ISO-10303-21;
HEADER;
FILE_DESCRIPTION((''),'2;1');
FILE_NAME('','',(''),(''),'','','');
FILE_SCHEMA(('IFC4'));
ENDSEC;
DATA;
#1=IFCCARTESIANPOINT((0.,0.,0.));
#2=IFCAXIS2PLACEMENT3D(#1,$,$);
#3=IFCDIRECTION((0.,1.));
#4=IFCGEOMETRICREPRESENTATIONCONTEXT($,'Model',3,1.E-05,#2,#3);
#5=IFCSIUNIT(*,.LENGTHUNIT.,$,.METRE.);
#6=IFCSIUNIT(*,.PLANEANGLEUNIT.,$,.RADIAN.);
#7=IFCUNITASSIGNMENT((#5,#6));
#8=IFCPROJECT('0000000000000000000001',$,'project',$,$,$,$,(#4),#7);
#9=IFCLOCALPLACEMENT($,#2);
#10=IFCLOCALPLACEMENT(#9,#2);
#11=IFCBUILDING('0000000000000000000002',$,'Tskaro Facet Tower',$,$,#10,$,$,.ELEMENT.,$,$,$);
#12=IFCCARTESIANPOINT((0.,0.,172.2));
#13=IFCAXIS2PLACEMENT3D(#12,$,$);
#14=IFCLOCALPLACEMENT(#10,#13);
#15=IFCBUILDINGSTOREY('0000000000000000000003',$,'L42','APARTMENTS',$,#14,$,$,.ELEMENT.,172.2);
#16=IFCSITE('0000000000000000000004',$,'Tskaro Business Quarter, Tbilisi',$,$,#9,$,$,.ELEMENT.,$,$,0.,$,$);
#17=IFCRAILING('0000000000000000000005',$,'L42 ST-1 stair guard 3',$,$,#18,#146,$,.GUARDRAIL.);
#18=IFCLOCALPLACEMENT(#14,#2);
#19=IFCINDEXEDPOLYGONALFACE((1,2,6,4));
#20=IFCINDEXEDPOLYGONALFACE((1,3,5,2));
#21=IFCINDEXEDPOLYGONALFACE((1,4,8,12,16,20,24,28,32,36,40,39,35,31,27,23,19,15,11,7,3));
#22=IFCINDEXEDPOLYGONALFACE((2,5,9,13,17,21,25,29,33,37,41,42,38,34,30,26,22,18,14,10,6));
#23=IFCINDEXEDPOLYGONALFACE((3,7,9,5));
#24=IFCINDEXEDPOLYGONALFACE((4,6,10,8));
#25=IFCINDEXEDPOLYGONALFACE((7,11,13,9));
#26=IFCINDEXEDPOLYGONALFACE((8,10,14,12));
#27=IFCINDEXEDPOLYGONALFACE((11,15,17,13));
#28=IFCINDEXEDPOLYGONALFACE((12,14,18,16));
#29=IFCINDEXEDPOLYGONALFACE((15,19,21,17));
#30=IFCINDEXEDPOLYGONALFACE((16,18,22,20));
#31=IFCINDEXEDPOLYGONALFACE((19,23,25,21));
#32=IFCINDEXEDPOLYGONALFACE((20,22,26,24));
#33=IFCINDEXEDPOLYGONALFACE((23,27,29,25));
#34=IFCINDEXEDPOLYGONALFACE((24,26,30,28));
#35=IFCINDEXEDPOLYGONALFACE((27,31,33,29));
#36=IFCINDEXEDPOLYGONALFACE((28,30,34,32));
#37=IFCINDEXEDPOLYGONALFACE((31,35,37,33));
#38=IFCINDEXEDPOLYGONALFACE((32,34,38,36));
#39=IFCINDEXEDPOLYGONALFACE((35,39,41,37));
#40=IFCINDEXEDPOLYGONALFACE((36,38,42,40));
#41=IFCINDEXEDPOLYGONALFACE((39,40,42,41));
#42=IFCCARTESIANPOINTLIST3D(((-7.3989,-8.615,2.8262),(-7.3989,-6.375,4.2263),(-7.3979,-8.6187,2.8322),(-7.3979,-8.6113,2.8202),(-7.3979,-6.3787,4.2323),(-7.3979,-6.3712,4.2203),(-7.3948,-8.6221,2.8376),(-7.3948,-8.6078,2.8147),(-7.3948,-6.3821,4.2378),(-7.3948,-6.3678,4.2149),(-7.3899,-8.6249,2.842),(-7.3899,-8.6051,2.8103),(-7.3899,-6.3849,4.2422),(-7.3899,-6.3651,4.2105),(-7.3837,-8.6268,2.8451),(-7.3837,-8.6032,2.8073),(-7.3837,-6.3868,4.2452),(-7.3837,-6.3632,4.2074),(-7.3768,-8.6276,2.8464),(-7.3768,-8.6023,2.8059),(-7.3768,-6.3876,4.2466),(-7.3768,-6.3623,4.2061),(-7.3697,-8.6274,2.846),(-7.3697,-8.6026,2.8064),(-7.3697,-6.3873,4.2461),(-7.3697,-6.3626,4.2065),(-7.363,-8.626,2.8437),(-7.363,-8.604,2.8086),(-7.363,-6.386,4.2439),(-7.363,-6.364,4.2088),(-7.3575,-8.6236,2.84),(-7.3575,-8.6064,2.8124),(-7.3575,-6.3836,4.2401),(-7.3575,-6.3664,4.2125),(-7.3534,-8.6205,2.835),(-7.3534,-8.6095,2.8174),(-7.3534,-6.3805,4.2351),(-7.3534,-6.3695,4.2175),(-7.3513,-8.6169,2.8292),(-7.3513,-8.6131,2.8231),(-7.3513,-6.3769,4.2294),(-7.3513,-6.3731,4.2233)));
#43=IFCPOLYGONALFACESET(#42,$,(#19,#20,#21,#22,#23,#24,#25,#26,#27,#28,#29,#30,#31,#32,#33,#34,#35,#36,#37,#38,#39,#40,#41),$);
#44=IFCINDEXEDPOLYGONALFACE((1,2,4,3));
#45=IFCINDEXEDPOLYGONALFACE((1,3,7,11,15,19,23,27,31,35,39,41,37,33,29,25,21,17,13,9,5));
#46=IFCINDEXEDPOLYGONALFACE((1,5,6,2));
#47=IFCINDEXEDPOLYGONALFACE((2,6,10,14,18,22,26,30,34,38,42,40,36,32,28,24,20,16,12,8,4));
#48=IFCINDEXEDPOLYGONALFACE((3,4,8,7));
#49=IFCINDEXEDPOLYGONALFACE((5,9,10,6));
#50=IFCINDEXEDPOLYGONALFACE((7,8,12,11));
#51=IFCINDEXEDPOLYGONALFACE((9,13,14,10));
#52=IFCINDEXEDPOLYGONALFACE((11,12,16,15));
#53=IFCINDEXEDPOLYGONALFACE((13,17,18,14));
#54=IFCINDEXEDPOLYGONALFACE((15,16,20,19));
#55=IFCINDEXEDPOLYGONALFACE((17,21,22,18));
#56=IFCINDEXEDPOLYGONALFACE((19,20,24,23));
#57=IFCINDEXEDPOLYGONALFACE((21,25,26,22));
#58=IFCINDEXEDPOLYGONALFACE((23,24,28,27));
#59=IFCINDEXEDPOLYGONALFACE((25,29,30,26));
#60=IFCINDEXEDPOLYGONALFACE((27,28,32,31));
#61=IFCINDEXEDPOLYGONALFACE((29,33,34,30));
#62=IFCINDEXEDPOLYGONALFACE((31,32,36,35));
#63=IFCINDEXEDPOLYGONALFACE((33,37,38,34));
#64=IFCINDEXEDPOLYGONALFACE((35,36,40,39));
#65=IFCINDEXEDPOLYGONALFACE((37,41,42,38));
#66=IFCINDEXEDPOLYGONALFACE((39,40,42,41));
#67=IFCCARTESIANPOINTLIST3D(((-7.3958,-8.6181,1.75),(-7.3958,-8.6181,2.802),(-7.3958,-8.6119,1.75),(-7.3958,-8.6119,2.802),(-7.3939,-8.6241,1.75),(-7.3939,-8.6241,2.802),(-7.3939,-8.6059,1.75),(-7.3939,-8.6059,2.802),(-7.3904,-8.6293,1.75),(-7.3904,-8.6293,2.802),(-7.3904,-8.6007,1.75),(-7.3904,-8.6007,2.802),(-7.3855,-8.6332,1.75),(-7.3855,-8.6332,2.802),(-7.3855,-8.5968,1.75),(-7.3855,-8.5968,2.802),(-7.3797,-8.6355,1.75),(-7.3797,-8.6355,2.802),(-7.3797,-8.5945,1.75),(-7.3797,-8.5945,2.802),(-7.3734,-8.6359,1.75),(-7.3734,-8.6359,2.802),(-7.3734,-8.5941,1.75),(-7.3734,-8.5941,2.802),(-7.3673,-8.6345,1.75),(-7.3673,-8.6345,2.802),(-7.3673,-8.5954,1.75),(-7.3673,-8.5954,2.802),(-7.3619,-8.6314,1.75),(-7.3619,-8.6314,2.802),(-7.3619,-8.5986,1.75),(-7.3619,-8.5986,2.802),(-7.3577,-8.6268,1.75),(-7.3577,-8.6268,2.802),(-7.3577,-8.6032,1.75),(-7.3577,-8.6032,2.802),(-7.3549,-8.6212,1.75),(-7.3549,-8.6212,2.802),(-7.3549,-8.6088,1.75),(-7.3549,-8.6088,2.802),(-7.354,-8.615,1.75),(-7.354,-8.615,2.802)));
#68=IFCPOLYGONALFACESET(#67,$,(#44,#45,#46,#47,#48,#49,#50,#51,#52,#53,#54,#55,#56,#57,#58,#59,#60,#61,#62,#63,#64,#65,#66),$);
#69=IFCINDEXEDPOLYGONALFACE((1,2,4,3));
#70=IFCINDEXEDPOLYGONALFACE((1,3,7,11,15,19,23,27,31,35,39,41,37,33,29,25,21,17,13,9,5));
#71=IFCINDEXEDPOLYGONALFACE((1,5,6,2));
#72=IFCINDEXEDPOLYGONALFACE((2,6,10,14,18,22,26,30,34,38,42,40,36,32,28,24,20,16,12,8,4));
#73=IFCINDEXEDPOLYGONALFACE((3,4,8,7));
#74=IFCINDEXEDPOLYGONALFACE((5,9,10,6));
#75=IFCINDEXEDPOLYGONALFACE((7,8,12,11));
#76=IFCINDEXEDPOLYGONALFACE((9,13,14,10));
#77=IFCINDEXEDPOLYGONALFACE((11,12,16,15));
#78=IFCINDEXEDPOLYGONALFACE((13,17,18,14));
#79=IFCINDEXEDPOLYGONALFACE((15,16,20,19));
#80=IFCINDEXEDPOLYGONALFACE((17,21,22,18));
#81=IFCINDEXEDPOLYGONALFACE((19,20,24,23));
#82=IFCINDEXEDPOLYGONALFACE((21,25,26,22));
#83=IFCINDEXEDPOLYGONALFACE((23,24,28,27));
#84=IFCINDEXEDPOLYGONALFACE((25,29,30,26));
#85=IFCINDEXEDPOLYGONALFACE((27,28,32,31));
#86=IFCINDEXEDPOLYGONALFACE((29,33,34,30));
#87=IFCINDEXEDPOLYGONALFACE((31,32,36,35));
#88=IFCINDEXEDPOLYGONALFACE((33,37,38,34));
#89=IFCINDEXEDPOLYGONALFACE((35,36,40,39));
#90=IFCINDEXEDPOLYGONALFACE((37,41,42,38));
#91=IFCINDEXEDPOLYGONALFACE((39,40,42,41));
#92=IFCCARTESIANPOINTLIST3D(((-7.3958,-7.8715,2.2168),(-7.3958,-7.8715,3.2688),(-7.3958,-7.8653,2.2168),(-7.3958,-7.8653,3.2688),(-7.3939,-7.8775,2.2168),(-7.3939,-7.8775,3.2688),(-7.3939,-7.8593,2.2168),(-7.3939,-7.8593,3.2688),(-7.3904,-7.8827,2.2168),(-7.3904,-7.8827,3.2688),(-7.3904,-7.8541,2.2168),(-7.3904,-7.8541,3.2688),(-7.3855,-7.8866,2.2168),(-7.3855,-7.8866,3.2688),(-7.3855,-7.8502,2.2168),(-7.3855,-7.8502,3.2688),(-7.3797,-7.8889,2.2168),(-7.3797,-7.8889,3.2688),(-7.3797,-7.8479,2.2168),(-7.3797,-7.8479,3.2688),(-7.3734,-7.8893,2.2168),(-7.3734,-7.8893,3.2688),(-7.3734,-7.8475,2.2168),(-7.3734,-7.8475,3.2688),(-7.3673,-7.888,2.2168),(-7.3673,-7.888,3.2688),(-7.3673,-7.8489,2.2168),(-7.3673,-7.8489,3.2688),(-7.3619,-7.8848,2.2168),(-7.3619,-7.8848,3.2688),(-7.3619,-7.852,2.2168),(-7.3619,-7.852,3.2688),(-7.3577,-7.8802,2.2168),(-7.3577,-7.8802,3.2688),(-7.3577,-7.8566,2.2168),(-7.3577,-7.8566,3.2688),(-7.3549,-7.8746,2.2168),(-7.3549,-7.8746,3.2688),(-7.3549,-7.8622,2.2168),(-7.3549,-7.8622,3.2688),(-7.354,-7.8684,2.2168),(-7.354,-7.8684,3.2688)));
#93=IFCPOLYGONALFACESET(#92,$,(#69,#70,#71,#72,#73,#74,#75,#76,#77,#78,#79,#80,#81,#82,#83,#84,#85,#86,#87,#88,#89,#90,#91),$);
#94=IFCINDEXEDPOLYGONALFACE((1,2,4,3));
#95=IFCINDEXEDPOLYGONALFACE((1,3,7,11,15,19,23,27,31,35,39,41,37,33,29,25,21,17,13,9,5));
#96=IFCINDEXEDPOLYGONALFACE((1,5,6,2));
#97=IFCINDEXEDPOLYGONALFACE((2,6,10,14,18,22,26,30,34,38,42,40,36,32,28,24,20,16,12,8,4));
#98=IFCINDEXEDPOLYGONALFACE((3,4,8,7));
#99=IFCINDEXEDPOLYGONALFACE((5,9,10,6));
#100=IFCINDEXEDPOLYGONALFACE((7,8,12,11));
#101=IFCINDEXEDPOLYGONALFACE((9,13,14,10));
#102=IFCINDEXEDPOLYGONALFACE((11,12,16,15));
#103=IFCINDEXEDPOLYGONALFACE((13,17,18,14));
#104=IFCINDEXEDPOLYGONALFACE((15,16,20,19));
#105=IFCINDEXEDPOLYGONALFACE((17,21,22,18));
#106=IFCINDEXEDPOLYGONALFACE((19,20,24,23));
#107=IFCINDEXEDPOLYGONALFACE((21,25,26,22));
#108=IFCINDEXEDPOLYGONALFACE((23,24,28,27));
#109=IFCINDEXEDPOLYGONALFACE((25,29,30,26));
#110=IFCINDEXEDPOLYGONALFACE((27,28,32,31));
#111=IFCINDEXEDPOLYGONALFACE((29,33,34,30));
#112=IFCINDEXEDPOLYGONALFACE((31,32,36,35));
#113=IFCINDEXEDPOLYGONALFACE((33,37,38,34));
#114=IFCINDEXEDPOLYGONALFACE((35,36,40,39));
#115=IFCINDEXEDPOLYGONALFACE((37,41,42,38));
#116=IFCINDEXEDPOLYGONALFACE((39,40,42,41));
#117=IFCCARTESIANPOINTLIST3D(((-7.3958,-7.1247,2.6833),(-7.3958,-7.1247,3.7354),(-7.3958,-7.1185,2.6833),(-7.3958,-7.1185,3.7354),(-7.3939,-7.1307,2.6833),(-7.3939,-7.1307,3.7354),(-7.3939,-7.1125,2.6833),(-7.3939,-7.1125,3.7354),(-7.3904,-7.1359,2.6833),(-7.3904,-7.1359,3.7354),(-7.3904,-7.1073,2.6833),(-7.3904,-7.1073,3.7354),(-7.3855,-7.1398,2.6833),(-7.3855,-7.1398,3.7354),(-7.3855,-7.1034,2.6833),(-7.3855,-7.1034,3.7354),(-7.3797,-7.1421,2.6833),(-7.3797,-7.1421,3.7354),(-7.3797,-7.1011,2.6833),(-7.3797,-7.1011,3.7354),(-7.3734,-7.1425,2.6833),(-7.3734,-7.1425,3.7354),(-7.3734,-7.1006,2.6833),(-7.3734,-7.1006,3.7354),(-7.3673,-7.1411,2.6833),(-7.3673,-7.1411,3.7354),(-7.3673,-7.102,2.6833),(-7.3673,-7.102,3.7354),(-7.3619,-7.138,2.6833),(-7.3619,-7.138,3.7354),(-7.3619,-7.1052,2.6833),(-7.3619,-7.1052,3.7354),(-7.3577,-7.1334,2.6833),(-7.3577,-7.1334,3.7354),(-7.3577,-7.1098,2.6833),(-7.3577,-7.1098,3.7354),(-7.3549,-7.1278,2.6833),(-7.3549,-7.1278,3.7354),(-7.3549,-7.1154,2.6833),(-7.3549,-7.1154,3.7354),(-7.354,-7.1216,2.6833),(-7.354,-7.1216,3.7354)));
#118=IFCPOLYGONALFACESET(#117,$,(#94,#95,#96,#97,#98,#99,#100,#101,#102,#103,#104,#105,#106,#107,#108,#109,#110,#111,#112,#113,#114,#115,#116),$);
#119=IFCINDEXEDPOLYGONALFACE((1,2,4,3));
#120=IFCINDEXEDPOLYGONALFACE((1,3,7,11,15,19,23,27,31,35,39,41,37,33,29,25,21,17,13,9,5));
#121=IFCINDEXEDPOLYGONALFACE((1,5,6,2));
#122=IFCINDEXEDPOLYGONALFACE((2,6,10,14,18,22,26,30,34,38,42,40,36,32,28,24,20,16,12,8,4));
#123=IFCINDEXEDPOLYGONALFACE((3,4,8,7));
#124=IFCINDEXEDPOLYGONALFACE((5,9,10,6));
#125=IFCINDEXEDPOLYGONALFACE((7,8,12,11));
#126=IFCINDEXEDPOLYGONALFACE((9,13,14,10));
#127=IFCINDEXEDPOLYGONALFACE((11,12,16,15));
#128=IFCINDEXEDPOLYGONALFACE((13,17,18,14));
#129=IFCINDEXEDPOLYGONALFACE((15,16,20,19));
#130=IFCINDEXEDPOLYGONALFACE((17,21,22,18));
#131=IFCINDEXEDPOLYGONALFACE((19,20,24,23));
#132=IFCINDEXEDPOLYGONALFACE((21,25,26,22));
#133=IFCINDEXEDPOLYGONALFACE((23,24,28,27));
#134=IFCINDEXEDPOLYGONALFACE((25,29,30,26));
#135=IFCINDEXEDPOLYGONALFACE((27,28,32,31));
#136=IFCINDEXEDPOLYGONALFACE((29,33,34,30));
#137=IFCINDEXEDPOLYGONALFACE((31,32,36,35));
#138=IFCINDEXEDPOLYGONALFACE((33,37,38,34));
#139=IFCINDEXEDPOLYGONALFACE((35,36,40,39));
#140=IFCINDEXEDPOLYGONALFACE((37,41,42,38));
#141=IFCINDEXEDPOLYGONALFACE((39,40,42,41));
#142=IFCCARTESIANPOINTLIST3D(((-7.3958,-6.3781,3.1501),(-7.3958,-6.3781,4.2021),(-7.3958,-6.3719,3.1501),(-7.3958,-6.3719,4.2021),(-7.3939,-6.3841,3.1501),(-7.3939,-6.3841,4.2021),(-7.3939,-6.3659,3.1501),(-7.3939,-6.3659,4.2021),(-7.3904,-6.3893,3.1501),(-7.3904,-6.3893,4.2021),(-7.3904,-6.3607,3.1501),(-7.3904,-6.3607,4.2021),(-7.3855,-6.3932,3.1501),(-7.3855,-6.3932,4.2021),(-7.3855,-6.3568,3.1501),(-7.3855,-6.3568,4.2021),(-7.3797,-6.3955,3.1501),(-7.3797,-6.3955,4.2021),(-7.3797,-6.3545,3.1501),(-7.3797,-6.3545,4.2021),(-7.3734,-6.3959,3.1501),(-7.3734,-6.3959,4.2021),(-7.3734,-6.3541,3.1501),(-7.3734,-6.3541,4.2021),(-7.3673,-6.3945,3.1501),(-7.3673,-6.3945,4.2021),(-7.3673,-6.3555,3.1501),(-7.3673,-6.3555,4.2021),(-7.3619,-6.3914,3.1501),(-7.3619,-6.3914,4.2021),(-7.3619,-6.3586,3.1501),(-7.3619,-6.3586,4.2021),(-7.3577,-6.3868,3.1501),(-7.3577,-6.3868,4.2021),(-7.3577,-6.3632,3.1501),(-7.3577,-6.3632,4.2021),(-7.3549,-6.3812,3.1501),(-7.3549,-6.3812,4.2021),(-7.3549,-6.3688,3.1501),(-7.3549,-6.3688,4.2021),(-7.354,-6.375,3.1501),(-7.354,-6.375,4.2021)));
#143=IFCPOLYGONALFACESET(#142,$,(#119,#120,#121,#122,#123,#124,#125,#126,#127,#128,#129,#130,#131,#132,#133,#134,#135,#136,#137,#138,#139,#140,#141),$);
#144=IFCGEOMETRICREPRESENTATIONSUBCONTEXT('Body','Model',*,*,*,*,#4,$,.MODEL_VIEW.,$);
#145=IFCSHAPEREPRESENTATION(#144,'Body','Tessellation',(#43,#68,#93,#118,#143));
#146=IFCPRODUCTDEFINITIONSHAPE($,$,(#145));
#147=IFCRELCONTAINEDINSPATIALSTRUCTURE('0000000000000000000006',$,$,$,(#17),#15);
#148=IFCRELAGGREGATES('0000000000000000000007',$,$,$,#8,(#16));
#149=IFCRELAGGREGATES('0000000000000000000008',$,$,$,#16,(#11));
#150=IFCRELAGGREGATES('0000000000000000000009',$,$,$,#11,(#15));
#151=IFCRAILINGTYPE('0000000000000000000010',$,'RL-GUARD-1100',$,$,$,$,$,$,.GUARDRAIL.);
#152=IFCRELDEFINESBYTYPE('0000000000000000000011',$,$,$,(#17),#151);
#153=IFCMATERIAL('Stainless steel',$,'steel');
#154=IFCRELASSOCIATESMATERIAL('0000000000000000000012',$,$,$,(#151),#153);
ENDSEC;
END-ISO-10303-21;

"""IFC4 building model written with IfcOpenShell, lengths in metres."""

from ifc_helpers import new_model, si_unit, direction, frame, origin, origin_2d, place, context, subcontext, project, spatial, circle, extrude, material, type_object, element, save


model = new_model("IFC4")

# Units and contexts
model_context = context("Model", 3, precision=1e-05, world=origin(), true_north=direction((0.0, 1.0)))
body_context = subcontext(model_context, "Body", "Model", "MODEL_VIEW")
ifc_project = project(units=[si_unit("LENGTHUNIT", "METRE"), si_unit("PLANEANGLEUNIT", "RADIAN")], contexts=[model_context])

# Site, building, storey
site_placement = place(None, origin())
site = spatial("IfcSite", under=ifc_project, at=site_placement, Name="Tskaro Business Quarter, Tbilisi", CompositionType="ELEMENT", RefElevation=0.0)
building_placement = place(site_placement, origin())
building = spatial("IfcBuilding", under=site, at=building_placement, Name="Tskaro Facet Tower", CompositionType="ELEMENT")
storey_placement = place(building_placement, frame((0.0, 0.0, 172.2)))
storey = spatial("IfcBuildingStorey", under=building, at=storey_placement, Name="L42", Description="APARTMENTS", CompositionType="ELEMENT", Elevation=172.2)

# Shared definitions
ifc_material_1 = material(Name="Stainless steel", Category="steel")

# Railing
railing_type_1 = type_object("IfcRailingType", Name="RL-GUARD-1100", PredefinedType="GUARDRAIL", material=ifc_material_1)
railing_1_placement = place(storey_placement, frame((-7.375, -8.615, 1.75)))
element("IfcRailing", 1, at=railing_1_placement, inside=storey, type_object=railing_type_1, Name="L42 ST-1 stair guard 3", PredefinedType="GUARDRAIL", context=body_context, shape_type="SweptSolid", body=[
    extrude(circle(Radius=0.0239, at=origin_2d()), frame((0.0, 0.0, 1.0762), z_axis=(0.0, 0.847972, 0.53004), x_axis=(-1.0, 0.0, 0.0)), (0.0, 0.0, 1.0), 2.6416),
    extrude(circle(Radius=0.021, at=origin_2d()), origin(), (0.0, 0.0, 1.0), 1.052),
    extrude(circle(Radius=0.021, at=origin_2d()), frame((0.0, 0.7466, 0.4668)), (0.0, 0.0, 1.0), 1.052),
    extrude(circle(Radius=0.021, at=origin_2d()), frame((0.0, 1.4934, 0.9333)), (0.0, 0.0, 1.0), 1.052),
    extrude(circle(Radius=0.021, at=origin_2d()), frame((0.0, 2.24, 1.4001)), (0.0, 0.0, 1.0), 1.052),
])

save(model, "model.ifc")
